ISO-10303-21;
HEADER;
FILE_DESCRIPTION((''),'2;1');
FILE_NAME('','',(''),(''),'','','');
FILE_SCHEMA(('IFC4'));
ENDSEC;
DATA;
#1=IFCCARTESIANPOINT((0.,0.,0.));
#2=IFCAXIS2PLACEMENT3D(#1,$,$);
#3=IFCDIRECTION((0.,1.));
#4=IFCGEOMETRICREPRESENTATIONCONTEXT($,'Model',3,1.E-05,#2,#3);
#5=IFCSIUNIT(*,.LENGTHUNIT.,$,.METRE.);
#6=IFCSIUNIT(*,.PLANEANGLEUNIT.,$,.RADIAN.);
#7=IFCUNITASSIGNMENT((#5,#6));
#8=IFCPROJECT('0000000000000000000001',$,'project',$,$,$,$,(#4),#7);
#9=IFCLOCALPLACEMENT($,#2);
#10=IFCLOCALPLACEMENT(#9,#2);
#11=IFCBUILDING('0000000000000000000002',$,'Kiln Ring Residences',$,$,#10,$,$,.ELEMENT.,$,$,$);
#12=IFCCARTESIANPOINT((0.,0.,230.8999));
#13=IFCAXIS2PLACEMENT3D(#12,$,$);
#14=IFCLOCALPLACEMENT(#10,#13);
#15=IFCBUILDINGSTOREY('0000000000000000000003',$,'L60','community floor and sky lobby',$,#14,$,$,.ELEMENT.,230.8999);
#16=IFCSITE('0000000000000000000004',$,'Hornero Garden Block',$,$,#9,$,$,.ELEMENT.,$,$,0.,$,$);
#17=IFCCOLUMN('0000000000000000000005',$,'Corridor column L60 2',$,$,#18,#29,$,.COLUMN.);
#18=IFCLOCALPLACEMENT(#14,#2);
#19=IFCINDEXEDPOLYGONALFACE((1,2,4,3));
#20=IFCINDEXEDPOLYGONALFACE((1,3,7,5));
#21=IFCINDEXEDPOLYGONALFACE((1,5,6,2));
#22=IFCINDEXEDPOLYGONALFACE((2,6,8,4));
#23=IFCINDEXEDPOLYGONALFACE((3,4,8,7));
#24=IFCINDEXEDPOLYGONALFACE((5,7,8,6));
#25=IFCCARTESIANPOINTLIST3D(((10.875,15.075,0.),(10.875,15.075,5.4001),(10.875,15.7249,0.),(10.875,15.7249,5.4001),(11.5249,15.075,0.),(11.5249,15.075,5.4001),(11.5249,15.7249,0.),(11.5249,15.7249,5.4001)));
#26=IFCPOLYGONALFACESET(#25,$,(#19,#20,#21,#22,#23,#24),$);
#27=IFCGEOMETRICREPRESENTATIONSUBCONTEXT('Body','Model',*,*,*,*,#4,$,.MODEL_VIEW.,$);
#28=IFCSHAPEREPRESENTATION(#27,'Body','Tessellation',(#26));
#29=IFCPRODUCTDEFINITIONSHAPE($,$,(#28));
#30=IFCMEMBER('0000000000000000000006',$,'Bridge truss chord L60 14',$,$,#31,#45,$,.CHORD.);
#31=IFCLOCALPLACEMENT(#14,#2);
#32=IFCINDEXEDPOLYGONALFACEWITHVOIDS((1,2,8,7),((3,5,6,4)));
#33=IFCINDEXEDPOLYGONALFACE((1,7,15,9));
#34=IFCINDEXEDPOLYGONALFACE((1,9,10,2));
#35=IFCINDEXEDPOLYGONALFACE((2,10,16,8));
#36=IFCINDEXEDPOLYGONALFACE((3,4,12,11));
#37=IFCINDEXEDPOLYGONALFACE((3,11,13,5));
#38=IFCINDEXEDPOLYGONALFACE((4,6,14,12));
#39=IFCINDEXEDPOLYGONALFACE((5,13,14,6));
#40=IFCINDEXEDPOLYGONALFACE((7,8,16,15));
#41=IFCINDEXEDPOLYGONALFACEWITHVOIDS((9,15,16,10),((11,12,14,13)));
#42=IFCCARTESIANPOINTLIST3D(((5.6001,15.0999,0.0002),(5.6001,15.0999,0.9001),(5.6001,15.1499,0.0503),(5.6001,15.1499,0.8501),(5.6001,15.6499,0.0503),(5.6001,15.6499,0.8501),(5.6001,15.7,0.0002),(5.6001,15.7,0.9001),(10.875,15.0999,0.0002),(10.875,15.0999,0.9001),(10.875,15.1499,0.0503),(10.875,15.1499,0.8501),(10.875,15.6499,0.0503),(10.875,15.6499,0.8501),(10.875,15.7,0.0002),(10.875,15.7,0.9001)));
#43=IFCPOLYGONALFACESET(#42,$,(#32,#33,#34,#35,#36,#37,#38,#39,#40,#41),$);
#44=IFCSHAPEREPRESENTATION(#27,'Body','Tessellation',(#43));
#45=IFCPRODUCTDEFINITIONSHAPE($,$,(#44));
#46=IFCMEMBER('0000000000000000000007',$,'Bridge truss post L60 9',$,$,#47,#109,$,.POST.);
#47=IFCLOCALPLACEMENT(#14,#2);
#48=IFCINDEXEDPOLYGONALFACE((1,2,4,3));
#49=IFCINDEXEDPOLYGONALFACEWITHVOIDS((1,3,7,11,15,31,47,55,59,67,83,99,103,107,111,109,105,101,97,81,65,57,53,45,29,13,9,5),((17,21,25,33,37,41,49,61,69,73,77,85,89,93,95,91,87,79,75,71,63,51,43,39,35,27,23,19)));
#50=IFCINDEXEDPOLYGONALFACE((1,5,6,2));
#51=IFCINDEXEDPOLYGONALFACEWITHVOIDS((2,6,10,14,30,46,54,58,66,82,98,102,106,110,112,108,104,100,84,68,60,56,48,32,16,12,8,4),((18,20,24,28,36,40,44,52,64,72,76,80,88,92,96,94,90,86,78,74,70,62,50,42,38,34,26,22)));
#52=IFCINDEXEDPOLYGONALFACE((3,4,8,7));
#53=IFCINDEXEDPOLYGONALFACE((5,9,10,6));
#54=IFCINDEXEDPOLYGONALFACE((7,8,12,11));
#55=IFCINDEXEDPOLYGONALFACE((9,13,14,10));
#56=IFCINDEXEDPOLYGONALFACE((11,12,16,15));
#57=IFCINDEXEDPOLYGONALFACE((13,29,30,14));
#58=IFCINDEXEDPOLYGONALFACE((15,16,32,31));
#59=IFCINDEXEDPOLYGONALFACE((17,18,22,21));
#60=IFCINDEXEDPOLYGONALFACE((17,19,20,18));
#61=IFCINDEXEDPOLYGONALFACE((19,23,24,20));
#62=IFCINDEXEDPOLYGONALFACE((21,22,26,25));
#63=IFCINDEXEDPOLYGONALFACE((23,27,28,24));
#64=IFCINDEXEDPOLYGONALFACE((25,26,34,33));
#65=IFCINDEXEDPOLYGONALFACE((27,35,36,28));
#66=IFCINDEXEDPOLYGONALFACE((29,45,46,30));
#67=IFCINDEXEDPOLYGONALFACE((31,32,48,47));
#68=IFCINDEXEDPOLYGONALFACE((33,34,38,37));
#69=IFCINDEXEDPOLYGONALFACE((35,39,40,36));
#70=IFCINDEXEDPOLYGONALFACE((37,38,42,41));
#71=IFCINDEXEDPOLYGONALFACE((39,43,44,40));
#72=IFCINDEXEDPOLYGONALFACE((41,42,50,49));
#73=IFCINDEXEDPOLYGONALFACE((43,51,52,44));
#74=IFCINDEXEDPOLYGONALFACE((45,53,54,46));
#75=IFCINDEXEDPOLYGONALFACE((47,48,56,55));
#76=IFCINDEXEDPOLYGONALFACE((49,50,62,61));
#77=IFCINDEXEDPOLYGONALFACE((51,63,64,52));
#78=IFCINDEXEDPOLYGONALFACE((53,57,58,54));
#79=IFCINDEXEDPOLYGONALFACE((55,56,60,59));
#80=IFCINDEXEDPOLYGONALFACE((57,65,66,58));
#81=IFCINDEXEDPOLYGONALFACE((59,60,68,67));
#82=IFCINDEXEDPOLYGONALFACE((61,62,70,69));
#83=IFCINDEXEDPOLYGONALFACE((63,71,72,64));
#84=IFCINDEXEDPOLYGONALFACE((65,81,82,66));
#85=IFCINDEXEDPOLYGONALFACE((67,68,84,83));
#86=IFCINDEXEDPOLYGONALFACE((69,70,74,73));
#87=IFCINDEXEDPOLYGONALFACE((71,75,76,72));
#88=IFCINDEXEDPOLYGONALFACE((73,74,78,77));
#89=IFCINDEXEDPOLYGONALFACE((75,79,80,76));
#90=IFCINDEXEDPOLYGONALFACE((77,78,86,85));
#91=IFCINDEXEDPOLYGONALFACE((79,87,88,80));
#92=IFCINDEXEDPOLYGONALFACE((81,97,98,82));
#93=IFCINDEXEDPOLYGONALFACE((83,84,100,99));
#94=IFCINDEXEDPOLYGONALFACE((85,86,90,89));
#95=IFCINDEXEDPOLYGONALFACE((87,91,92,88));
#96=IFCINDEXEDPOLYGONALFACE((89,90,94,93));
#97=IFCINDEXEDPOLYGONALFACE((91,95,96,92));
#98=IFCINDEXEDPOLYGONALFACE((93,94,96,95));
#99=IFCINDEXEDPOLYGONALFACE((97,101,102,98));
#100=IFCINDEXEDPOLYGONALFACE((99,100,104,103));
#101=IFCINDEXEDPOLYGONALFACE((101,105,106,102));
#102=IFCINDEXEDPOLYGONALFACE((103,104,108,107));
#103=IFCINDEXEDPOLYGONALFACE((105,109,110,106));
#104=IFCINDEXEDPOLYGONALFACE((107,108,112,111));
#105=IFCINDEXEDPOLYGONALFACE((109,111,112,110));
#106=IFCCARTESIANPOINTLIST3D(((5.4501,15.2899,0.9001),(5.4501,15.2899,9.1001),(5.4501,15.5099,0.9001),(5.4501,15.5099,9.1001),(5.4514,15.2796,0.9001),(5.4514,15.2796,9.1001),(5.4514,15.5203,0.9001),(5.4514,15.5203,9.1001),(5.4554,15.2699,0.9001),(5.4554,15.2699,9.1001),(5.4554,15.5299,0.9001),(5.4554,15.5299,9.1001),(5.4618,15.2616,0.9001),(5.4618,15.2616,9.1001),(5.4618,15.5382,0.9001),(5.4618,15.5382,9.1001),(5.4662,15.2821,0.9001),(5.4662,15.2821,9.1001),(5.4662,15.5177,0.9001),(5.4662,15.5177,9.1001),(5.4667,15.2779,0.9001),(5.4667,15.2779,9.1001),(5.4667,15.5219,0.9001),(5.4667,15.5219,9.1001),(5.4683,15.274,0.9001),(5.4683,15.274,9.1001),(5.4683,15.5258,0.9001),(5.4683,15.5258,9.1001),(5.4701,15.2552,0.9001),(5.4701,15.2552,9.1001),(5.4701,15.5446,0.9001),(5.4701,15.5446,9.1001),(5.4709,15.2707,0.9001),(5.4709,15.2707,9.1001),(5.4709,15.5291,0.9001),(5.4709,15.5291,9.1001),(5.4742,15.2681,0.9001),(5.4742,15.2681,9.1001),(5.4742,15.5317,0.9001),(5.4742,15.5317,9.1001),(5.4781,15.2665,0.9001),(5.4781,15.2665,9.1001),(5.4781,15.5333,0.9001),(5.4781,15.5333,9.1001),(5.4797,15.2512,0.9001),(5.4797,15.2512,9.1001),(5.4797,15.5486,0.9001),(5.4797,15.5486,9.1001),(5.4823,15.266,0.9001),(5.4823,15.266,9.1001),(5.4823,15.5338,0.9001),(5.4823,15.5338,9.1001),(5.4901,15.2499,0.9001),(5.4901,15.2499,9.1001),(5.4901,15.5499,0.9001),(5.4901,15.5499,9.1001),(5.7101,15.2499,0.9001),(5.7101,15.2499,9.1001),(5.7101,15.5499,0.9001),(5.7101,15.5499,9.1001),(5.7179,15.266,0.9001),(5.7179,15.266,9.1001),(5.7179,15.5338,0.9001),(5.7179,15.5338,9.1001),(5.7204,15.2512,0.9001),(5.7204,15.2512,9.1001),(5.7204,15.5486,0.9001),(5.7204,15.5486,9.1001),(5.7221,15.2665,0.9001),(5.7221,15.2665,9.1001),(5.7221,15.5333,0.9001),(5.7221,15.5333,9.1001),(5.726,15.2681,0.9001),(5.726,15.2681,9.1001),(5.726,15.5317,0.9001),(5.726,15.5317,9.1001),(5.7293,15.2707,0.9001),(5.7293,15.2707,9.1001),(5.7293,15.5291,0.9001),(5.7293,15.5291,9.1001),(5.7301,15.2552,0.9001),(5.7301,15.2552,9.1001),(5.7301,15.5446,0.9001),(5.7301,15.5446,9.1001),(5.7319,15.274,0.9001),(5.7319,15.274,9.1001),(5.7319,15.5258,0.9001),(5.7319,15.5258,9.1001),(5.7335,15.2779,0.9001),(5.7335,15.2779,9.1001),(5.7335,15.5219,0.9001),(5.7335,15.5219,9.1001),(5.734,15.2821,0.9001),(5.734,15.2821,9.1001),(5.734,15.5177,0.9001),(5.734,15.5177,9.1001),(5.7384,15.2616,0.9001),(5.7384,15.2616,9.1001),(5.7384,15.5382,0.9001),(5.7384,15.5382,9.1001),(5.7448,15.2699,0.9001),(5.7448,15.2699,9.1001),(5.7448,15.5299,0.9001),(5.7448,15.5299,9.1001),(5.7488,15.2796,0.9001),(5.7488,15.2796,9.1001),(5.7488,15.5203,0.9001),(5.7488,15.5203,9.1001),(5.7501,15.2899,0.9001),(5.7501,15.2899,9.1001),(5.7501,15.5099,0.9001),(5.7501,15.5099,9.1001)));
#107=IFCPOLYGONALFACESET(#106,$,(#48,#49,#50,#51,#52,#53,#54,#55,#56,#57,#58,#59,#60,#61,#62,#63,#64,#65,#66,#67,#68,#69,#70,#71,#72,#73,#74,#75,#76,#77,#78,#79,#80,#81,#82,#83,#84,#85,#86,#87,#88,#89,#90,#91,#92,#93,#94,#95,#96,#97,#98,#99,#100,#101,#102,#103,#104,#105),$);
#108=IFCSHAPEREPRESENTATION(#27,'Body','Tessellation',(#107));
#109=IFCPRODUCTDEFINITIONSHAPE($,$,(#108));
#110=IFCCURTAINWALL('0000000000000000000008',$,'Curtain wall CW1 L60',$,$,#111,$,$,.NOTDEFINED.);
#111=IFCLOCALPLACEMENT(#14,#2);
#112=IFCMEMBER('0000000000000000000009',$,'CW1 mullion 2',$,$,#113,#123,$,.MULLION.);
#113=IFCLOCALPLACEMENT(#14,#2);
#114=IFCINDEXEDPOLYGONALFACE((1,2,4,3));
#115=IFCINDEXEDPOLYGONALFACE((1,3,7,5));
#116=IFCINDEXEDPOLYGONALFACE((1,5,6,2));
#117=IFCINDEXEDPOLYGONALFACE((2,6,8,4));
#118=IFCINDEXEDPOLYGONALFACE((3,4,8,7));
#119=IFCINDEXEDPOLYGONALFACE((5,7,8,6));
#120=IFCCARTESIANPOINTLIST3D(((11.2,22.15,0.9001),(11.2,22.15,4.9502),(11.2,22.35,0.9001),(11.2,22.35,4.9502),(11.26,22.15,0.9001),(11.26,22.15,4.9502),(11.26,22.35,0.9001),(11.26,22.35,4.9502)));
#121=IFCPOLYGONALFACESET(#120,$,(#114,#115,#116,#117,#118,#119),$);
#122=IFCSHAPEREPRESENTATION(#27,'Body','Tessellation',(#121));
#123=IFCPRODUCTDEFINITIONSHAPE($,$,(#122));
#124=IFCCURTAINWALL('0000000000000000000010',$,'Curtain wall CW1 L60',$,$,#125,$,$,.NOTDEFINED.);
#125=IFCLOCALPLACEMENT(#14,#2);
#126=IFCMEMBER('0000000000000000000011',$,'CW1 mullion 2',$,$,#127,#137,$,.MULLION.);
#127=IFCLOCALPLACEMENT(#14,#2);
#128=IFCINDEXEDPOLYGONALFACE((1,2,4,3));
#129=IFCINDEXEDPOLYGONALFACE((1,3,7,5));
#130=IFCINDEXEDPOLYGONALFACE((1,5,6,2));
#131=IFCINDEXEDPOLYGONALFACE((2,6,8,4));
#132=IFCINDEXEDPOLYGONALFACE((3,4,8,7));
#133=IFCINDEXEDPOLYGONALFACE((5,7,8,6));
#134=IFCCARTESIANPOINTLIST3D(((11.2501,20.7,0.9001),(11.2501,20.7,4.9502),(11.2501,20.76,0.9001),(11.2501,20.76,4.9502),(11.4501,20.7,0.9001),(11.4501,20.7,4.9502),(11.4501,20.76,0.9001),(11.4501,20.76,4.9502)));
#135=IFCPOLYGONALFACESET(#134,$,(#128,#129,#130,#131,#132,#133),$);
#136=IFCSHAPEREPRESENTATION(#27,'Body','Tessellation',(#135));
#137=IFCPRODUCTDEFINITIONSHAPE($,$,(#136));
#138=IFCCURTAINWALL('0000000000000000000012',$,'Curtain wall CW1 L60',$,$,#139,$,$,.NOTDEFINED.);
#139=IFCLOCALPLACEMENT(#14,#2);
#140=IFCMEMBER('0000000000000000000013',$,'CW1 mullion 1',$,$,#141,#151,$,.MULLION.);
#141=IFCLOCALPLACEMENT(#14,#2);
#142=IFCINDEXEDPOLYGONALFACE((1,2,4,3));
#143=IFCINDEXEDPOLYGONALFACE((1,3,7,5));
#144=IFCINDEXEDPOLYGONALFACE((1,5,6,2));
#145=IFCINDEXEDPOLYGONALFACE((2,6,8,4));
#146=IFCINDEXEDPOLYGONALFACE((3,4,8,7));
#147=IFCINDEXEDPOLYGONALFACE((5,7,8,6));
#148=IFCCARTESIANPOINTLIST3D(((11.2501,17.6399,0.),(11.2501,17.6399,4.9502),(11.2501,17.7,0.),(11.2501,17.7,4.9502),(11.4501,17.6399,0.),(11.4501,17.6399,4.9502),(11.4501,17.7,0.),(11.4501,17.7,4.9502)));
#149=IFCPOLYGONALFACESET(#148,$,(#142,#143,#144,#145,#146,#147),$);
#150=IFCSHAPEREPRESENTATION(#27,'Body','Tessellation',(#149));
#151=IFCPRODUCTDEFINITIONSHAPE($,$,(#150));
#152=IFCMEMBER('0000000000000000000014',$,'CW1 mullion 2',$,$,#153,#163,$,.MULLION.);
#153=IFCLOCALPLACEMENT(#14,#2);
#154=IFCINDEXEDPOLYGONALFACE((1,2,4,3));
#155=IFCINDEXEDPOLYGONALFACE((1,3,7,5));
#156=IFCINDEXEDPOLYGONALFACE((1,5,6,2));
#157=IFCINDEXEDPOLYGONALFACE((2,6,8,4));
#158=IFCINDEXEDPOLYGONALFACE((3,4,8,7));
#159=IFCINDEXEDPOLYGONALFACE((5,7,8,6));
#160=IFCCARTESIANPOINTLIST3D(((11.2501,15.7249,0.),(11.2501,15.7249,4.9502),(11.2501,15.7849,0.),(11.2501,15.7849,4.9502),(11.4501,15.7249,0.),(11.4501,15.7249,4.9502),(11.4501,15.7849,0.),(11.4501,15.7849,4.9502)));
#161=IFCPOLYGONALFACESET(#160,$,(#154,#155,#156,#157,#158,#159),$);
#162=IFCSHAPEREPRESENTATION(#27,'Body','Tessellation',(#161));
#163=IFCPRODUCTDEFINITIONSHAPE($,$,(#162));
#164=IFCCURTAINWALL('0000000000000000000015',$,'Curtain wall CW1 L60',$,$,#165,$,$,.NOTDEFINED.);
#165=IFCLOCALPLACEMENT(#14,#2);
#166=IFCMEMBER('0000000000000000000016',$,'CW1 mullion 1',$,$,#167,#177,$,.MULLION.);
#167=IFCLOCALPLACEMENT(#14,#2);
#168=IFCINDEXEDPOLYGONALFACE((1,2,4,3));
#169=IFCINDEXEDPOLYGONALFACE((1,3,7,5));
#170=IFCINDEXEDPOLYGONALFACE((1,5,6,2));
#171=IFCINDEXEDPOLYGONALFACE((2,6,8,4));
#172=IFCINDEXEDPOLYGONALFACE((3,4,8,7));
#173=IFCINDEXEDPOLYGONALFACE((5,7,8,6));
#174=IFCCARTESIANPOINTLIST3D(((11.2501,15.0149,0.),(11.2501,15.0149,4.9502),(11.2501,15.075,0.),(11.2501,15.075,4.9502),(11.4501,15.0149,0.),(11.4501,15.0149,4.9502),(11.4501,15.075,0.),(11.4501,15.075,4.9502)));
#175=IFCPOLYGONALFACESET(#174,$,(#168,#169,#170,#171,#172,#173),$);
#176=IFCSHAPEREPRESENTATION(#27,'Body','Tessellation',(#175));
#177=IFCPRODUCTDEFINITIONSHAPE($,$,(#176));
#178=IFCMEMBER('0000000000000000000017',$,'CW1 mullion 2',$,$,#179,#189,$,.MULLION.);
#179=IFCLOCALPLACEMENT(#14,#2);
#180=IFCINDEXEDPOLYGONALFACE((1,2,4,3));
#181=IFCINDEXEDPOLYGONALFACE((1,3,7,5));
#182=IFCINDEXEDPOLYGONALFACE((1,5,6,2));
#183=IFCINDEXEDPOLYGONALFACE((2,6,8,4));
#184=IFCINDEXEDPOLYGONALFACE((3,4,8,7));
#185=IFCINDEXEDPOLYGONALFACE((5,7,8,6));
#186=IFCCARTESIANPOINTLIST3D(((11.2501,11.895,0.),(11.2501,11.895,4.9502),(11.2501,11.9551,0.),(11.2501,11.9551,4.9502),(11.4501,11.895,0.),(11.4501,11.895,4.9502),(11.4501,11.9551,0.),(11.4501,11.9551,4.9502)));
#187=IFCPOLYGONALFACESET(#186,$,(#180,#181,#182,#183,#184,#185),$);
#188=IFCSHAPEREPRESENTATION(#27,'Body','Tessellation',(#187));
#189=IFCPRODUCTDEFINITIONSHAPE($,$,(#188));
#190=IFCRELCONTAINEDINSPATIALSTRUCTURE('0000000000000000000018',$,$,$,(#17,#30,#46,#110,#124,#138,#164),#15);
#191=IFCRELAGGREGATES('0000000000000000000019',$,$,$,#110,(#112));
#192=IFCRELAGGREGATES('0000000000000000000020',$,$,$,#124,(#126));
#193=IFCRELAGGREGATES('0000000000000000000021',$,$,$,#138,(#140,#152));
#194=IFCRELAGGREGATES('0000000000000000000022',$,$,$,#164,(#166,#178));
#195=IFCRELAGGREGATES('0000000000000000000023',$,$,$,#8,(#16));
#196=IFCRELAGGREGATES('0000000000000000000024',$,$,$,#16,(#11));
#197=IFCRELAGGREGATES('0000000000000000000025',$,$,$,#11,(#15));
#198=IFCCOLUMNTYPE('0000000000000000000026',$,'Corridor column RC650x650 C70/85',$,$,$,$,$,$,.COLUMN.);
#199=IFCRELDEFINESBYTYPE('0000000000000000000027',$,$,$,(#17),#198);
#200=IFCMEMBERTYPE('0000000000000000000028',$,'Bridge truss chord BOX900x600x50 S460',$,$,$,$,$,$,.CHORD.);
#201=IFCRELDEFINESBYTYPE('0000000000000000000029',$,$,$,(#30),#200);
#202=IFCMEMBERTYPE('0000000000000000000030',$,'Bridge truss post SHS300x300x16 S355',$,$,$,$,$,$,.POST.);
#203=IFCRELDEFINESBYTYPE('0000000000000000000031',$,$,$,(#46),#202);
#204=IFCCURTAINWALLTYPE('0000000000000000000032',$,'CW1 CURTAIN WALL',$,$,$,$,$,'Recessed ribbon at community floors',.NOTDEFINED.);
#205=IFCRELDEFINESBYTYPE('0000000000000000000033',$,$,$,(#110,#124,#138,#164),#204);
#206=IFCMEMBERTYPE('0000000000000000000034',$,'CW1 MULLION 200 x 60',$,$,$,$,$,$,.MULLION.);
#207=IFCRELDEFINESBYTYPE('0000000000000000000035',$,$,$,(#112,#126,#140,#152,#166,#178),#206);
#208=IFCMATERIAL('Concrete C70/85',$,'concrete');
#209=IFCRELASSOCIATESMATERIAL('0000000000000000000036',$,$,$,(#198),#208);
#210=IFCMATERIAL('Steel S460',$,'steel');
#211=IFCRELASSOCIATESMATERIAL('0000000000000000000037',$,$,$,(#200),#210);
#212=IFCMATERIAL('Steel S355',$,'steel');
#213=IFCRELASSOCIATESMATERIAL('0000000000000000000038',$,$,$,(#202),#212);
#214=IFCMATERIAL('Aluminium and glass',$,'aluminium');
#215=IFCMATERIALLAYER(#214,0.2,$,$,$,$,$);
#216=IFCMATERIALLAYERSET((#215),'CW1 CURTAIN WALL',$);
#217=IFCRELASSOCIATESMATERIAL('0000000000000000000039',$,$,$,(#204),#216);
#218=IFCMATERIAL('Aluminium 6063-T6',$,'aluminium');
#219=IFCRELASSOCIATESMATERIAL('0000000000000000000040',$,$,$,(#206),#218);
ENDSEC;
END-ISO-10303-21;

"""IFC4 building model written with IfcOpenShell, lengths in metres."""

from ifc_helpers import new_model, si_unit, direction, frame, origin, origin_2d, place, context, subcontext, project, spatial, rectangle, hollow_rectangle, extrude, material, layer, layer_set, material_profile, profile_set, type_object, element, aggregate, save


model = new_model("IFC4")

# Units and contexts
model_context = context("Model", 3, precision=1e-05, world=origin(), true_north=direction((0.0, 1.0)))
body_context = subcontext(model_context, "Body", "Model", "MODEL_VIEW")
ifc_project = project(units=[si_unit("LENGTHUNIT", "METRE"), si_unit("PLANEANGLEUNIT", "RADIAN")], contexts=[model_context])

# Site, building, storey
site_placement = place(None, origin())
site = spatial("IfcSite", under=ifc_project, at=site_placement, Name="Hornero Garden Block", CompositionType="ELEMENT", RefElevation=0.0)
building_placement = place(site_placement, origin())
building = spatial("IfcBuilding", under=site, at=building_placement, Name="Kiln Ring Residences", CompositionType="ELEMENT")
storey_placement = place(building_placement, frame((0.0, 0.0, 230.8999)))
storey = spatial("IfcBuildingStorey", under=building, at=storey_placement, Name="L60", Description="community floor and sky lobby", CompositionType="ELEMENT", Elevation=230.8999)

# Column
ifc_material_1 = material(Name="Concrete C70/85", Category="concrete")
ifc_material_profile_1 = material_profile(ifc_material_1, rectangle(XDim=0.6499, YDim=0.6499, at=origin_2d()), Name="RC650x650")
ifc_profile_set_1 = profile_set([ifc_material_profile_1], Name="Concrete C70/85")
column_type = type_object("IfcColumnType", Name="Corridor column RC650x650 C70/85", PredefinedType="COLUMN", material=ifc_profile_set_1)
column_placement = place(storey_placement, frame((11.2, 15.3999, 0.0), z_axis=(0.0, 0.0, 1.0), x_axis=(1.0, 0.0, 0.0)))
element("IfcColumn", 1, at=column_placement, inside=storey, type_object=column_type, Name="Corridor column L60 2", PredefinedType="COLUMN", context=body_context, shape_type="SweptSolid", body=[
    extrude(rectangle(XDim=0.6499, YDim=0.6499, at=origin_2d()), origin(), (0.0, 0.0, 1.0), 5.4001),
])

# Members
ifc_material_2 = material(Name="Steel S460", Category="steel")
ifc_material_profile_2 = material_profile(ifc_material_2, hollow_rectangle(XDim=0.6001, YDim=0.8999, WallThickness=0.05, at=origin_2d()), Name="BOX900x600x50")
ifc_profile_set_2 = profile_set([ifc_material_profile_2], Name="Steel S460")
member_type_1 = type_object("IfcMemberType", Name="Bridge truss chord BOX900x600x50 S460", PredefinedType="CHORD", material=ifc_profile_set_2)
member_1_placement = place(storey_placement, frame((5.6001, 15.3999, 0.4502), z_axis=(1.0, 0.0, 0.0), x_axis=(0.0, 1.0, 0.0)))
element("IfcMember", 2, at=member_1_placement, inside=storey, type_object=member_type_1, Name="Bridge truss chord L60 14", PredefinedType="CHORD", context=body_context, shape_type="SweptSolid", body=[
    extrude(hollow_rectangle(XDim=0.6001, YDim=0.8999, WallThickness=0.05, at=origin_2d()), origin(), (0.0, 0.0, 1.0), 5.2749),
])
ifc_material_3 = material(Name="Steel S355", Category="steel")
ifc_material_profile_3 = material_profile(ifc_material_3, hollow_rectangle(XDim=0.3, YDim=0.3, WallThickness=0.0161, InnerFilletRadius=0.0161, OuterFilletRadius=0.04, at=origin_2d()), Name="SHS300x300x16")
ifc_profile_set_3 = profile_set([ifc_material_profile_3], Name="Steel S355")
member_type_2 = type_object("IfcMemberType", Name="Bridge truss post SHS300x300x16 S355", PredefinedType="POST", material=ifc_profile_set_3)
member_2_placement = place(storey_placement, frame((5.6001, 15.3999, 0.9001), z_axis=(0.0, 0.0, 1.0), x_axis=(1.0, 0.0, 0.0)))
element("IfcMember", 3, at=member_2_placement, inside=storey, type_object=member_type_2, Name="Bridge truss post L60 9", PredefinedType="POST", context=body_context, shape_type="SweptSolid", body=[
    extrude(hollow_rectangle(XDim=0.3, YDim=0.3, WallThickness=0.0161, InnerFilletRadius=0.0161, OuterFilletRadius=0.04, at=origin_2d()), origin(), (0.0, 0.0, 1.0), 8.2),
])

# Curtain walls, members
ifc_material_4 = material(Name="Aluminium and glass", Category="aluminium")
ifc_layer_1 = layer(ifc_material_4, 0.2)
ifc_layer_set_1 = layer_set([ifc_layer_1], Name="CW1 CURTAIN WALL")
curtain_wall_type = type_object("IfcCurtainWallType", Name="CW1 CURTAIN WALL", ElementType="Recessed ribbon at community floors", PredefinedType="NOTDEFINED", material=ifc_layer_set_1)
placement = place(storey_placement, origin())
curtain_wall_1 = element("IfcCurtainWall", 4, at=placement, inside=storey, type_object=curtain_wall_type, Name="Curtain wall CW1 L60", PredefinedType="NOTDEFINED")
ifc_material_5 = material(Name="Aluminium 6063-T6", Category="aluminium")
ifc_material_profile_4 = material_profile(ifc_material_5, rectangle(XDim=0.2, YDim=0.0601, at=origin_2d()), Name="AL 200x60")
ifc_profile_set_4 = profile_set([ifc_material_profile_4], Name="Aluminium 6063-T6")
member_type_3 = type_object("IfcMemberType", Name="CW1 MULLION 200 x 60", PredefinedType="MULLION", material=ifc_profile_set_4)
member_3_placement = place(storey_placement, frame((11.23, 22.25, 0.9001), z_axis=(0.0, 0.0, 1.0), x_axis=(0.0, -1.0, 0.0)))
member_3 = element("IfcMember", 5, at=member_3_placement, type_object=member_type_3, Name="CW1 mullion 2", PredefinedType="MULLION", context=body_context, shape_type="SweptSolid", body=[
    extrude(rectangle(XDim=0.2, YDim=0.0601, at=origin_2d()), origin(), (0.0, 0.0, 1.0), 4.05),
])
aggregate(curtain_wall_1, [member_3])
curtain_wall_2 = element("IfcCurtainWall", 6, at=placement, inside=storey, type_object=curtain_wall_type, Name="Curtain wall CW1 L60", PredefinedType="NOTDEFINED")
member_4_placement = place(storey_placement, frame((11.3501, 20.73, 0.9001), z_axis=(0.0, 0.0, 1.0), x_axis=(1.0, 0.0, 0.0)))
member_4 = element("IfcMember", 7, at=member_4_placement, type_object=member_type_3, Name="CW1 mullion 2", PredefinedType="MULLION", context=body_context, shape_type="SweptSolid", body=[
    extrude(rectangle(XDim=0.2, YDim=0.0601, at=origin_2d()), origin(), (0.0, 0.0, 1.0), 4.05),
])

# Curtain walls, members
curtain_wall_3 = element("IfcCurtainWall", 8, at=placement, inside=storey, type_object=curtain_wall_type, Name="Curtain wall CW1 L60", PredefinedType="NOTDEFINED")
member_5_placement = place(storey_placement, frame((11.3501, 17.6699, 0.0), z_axis=(0.0, 0.0, 1.0), x_axis=(1.0, 0.0, 0.0)))
member_5 = element("IfcMember", 9, at=member_5_placement, type_object=member_type_3, Name="CW1 mullion 1", PredefinedType="MULLION", context=body_context, shape_type="SweptSolid", body=[
    extrude(rectangle(XDim=0.2, YDim=0.0601, at=origin_2d()), origin(), (0.0, 0.0, 1.0), 4.9502),
])
member_6_placement = place(storey_placement, frame((11.3501, 15.7549, 0.0), z_axis=(0.0, 0.0, 1.0), x_axis=(1.0, 0.0, 0.0)))
member_6 = element("IfcMember", 10, at=member_6_placement, type_object=member_type_3, Name="CW1 mullion 2", PredefinedType="MULLION", context=body_context, shape_type="SweptSolid", body=[
    extrude(rectangle(XDim=0.2, YDim=0.0601, at=origin_2d()), origin(), (0.0, 0.0, 1.0), 4.9502),
])
curtain_wall_4 = element("IfcCurtainWall", 11, at=placement, inside=storey, type_object=curtain_wall_type, Name="Curtain wall CW1 L60", PredefinedType="NOTDEFINED")
member_7_placement = place(storey_placement, frame((11.3501, 15.0449, 0.0), z_axis=(0.0, 0.0, 1.0), x_axis=(1.0, 0.0, 0.0)))
member_7 = element("IfcMember", 12, at=member_7_placement, type_object=member_type_3, Name="CW1 mullion 1", PredefinedType="MULLION", context=body_context, shape_type="SweptSolid", body=[
    extrude(rectangle(XDim=0.2, YDim=0.0601, at=origin_2d()), origin(), (0.0, 0.0, 1.0), 4.9502),
])
member_8_placement = place(storey_placement, frame((11.3501, 11.925, 0.0), z_axis=(0.0, 0.0, 1.0), x_axis=(1.0, 0.0, 0.0)))
member_8 = element("IfcMember", 13, at=member_8_placement, type_object=member_type_3, Name="CW1 mullion 2", PredefinedType="MULLION", context=body_context, shape_type="SweptSolid", body=[
    extrude(rectangle(XDim=0.2, YDim=0.0601, at=origin_2d()), origin(), (0.0, 0.0, 1.0), 4.9502),
])

aggregate(curtain_wall_2, [member_4])
aggregate(curtain_wall_3, [member_5, member_6])
aggregate(curtain_wall_4, [member_7, member_8])

save(model, "model.ifc")
